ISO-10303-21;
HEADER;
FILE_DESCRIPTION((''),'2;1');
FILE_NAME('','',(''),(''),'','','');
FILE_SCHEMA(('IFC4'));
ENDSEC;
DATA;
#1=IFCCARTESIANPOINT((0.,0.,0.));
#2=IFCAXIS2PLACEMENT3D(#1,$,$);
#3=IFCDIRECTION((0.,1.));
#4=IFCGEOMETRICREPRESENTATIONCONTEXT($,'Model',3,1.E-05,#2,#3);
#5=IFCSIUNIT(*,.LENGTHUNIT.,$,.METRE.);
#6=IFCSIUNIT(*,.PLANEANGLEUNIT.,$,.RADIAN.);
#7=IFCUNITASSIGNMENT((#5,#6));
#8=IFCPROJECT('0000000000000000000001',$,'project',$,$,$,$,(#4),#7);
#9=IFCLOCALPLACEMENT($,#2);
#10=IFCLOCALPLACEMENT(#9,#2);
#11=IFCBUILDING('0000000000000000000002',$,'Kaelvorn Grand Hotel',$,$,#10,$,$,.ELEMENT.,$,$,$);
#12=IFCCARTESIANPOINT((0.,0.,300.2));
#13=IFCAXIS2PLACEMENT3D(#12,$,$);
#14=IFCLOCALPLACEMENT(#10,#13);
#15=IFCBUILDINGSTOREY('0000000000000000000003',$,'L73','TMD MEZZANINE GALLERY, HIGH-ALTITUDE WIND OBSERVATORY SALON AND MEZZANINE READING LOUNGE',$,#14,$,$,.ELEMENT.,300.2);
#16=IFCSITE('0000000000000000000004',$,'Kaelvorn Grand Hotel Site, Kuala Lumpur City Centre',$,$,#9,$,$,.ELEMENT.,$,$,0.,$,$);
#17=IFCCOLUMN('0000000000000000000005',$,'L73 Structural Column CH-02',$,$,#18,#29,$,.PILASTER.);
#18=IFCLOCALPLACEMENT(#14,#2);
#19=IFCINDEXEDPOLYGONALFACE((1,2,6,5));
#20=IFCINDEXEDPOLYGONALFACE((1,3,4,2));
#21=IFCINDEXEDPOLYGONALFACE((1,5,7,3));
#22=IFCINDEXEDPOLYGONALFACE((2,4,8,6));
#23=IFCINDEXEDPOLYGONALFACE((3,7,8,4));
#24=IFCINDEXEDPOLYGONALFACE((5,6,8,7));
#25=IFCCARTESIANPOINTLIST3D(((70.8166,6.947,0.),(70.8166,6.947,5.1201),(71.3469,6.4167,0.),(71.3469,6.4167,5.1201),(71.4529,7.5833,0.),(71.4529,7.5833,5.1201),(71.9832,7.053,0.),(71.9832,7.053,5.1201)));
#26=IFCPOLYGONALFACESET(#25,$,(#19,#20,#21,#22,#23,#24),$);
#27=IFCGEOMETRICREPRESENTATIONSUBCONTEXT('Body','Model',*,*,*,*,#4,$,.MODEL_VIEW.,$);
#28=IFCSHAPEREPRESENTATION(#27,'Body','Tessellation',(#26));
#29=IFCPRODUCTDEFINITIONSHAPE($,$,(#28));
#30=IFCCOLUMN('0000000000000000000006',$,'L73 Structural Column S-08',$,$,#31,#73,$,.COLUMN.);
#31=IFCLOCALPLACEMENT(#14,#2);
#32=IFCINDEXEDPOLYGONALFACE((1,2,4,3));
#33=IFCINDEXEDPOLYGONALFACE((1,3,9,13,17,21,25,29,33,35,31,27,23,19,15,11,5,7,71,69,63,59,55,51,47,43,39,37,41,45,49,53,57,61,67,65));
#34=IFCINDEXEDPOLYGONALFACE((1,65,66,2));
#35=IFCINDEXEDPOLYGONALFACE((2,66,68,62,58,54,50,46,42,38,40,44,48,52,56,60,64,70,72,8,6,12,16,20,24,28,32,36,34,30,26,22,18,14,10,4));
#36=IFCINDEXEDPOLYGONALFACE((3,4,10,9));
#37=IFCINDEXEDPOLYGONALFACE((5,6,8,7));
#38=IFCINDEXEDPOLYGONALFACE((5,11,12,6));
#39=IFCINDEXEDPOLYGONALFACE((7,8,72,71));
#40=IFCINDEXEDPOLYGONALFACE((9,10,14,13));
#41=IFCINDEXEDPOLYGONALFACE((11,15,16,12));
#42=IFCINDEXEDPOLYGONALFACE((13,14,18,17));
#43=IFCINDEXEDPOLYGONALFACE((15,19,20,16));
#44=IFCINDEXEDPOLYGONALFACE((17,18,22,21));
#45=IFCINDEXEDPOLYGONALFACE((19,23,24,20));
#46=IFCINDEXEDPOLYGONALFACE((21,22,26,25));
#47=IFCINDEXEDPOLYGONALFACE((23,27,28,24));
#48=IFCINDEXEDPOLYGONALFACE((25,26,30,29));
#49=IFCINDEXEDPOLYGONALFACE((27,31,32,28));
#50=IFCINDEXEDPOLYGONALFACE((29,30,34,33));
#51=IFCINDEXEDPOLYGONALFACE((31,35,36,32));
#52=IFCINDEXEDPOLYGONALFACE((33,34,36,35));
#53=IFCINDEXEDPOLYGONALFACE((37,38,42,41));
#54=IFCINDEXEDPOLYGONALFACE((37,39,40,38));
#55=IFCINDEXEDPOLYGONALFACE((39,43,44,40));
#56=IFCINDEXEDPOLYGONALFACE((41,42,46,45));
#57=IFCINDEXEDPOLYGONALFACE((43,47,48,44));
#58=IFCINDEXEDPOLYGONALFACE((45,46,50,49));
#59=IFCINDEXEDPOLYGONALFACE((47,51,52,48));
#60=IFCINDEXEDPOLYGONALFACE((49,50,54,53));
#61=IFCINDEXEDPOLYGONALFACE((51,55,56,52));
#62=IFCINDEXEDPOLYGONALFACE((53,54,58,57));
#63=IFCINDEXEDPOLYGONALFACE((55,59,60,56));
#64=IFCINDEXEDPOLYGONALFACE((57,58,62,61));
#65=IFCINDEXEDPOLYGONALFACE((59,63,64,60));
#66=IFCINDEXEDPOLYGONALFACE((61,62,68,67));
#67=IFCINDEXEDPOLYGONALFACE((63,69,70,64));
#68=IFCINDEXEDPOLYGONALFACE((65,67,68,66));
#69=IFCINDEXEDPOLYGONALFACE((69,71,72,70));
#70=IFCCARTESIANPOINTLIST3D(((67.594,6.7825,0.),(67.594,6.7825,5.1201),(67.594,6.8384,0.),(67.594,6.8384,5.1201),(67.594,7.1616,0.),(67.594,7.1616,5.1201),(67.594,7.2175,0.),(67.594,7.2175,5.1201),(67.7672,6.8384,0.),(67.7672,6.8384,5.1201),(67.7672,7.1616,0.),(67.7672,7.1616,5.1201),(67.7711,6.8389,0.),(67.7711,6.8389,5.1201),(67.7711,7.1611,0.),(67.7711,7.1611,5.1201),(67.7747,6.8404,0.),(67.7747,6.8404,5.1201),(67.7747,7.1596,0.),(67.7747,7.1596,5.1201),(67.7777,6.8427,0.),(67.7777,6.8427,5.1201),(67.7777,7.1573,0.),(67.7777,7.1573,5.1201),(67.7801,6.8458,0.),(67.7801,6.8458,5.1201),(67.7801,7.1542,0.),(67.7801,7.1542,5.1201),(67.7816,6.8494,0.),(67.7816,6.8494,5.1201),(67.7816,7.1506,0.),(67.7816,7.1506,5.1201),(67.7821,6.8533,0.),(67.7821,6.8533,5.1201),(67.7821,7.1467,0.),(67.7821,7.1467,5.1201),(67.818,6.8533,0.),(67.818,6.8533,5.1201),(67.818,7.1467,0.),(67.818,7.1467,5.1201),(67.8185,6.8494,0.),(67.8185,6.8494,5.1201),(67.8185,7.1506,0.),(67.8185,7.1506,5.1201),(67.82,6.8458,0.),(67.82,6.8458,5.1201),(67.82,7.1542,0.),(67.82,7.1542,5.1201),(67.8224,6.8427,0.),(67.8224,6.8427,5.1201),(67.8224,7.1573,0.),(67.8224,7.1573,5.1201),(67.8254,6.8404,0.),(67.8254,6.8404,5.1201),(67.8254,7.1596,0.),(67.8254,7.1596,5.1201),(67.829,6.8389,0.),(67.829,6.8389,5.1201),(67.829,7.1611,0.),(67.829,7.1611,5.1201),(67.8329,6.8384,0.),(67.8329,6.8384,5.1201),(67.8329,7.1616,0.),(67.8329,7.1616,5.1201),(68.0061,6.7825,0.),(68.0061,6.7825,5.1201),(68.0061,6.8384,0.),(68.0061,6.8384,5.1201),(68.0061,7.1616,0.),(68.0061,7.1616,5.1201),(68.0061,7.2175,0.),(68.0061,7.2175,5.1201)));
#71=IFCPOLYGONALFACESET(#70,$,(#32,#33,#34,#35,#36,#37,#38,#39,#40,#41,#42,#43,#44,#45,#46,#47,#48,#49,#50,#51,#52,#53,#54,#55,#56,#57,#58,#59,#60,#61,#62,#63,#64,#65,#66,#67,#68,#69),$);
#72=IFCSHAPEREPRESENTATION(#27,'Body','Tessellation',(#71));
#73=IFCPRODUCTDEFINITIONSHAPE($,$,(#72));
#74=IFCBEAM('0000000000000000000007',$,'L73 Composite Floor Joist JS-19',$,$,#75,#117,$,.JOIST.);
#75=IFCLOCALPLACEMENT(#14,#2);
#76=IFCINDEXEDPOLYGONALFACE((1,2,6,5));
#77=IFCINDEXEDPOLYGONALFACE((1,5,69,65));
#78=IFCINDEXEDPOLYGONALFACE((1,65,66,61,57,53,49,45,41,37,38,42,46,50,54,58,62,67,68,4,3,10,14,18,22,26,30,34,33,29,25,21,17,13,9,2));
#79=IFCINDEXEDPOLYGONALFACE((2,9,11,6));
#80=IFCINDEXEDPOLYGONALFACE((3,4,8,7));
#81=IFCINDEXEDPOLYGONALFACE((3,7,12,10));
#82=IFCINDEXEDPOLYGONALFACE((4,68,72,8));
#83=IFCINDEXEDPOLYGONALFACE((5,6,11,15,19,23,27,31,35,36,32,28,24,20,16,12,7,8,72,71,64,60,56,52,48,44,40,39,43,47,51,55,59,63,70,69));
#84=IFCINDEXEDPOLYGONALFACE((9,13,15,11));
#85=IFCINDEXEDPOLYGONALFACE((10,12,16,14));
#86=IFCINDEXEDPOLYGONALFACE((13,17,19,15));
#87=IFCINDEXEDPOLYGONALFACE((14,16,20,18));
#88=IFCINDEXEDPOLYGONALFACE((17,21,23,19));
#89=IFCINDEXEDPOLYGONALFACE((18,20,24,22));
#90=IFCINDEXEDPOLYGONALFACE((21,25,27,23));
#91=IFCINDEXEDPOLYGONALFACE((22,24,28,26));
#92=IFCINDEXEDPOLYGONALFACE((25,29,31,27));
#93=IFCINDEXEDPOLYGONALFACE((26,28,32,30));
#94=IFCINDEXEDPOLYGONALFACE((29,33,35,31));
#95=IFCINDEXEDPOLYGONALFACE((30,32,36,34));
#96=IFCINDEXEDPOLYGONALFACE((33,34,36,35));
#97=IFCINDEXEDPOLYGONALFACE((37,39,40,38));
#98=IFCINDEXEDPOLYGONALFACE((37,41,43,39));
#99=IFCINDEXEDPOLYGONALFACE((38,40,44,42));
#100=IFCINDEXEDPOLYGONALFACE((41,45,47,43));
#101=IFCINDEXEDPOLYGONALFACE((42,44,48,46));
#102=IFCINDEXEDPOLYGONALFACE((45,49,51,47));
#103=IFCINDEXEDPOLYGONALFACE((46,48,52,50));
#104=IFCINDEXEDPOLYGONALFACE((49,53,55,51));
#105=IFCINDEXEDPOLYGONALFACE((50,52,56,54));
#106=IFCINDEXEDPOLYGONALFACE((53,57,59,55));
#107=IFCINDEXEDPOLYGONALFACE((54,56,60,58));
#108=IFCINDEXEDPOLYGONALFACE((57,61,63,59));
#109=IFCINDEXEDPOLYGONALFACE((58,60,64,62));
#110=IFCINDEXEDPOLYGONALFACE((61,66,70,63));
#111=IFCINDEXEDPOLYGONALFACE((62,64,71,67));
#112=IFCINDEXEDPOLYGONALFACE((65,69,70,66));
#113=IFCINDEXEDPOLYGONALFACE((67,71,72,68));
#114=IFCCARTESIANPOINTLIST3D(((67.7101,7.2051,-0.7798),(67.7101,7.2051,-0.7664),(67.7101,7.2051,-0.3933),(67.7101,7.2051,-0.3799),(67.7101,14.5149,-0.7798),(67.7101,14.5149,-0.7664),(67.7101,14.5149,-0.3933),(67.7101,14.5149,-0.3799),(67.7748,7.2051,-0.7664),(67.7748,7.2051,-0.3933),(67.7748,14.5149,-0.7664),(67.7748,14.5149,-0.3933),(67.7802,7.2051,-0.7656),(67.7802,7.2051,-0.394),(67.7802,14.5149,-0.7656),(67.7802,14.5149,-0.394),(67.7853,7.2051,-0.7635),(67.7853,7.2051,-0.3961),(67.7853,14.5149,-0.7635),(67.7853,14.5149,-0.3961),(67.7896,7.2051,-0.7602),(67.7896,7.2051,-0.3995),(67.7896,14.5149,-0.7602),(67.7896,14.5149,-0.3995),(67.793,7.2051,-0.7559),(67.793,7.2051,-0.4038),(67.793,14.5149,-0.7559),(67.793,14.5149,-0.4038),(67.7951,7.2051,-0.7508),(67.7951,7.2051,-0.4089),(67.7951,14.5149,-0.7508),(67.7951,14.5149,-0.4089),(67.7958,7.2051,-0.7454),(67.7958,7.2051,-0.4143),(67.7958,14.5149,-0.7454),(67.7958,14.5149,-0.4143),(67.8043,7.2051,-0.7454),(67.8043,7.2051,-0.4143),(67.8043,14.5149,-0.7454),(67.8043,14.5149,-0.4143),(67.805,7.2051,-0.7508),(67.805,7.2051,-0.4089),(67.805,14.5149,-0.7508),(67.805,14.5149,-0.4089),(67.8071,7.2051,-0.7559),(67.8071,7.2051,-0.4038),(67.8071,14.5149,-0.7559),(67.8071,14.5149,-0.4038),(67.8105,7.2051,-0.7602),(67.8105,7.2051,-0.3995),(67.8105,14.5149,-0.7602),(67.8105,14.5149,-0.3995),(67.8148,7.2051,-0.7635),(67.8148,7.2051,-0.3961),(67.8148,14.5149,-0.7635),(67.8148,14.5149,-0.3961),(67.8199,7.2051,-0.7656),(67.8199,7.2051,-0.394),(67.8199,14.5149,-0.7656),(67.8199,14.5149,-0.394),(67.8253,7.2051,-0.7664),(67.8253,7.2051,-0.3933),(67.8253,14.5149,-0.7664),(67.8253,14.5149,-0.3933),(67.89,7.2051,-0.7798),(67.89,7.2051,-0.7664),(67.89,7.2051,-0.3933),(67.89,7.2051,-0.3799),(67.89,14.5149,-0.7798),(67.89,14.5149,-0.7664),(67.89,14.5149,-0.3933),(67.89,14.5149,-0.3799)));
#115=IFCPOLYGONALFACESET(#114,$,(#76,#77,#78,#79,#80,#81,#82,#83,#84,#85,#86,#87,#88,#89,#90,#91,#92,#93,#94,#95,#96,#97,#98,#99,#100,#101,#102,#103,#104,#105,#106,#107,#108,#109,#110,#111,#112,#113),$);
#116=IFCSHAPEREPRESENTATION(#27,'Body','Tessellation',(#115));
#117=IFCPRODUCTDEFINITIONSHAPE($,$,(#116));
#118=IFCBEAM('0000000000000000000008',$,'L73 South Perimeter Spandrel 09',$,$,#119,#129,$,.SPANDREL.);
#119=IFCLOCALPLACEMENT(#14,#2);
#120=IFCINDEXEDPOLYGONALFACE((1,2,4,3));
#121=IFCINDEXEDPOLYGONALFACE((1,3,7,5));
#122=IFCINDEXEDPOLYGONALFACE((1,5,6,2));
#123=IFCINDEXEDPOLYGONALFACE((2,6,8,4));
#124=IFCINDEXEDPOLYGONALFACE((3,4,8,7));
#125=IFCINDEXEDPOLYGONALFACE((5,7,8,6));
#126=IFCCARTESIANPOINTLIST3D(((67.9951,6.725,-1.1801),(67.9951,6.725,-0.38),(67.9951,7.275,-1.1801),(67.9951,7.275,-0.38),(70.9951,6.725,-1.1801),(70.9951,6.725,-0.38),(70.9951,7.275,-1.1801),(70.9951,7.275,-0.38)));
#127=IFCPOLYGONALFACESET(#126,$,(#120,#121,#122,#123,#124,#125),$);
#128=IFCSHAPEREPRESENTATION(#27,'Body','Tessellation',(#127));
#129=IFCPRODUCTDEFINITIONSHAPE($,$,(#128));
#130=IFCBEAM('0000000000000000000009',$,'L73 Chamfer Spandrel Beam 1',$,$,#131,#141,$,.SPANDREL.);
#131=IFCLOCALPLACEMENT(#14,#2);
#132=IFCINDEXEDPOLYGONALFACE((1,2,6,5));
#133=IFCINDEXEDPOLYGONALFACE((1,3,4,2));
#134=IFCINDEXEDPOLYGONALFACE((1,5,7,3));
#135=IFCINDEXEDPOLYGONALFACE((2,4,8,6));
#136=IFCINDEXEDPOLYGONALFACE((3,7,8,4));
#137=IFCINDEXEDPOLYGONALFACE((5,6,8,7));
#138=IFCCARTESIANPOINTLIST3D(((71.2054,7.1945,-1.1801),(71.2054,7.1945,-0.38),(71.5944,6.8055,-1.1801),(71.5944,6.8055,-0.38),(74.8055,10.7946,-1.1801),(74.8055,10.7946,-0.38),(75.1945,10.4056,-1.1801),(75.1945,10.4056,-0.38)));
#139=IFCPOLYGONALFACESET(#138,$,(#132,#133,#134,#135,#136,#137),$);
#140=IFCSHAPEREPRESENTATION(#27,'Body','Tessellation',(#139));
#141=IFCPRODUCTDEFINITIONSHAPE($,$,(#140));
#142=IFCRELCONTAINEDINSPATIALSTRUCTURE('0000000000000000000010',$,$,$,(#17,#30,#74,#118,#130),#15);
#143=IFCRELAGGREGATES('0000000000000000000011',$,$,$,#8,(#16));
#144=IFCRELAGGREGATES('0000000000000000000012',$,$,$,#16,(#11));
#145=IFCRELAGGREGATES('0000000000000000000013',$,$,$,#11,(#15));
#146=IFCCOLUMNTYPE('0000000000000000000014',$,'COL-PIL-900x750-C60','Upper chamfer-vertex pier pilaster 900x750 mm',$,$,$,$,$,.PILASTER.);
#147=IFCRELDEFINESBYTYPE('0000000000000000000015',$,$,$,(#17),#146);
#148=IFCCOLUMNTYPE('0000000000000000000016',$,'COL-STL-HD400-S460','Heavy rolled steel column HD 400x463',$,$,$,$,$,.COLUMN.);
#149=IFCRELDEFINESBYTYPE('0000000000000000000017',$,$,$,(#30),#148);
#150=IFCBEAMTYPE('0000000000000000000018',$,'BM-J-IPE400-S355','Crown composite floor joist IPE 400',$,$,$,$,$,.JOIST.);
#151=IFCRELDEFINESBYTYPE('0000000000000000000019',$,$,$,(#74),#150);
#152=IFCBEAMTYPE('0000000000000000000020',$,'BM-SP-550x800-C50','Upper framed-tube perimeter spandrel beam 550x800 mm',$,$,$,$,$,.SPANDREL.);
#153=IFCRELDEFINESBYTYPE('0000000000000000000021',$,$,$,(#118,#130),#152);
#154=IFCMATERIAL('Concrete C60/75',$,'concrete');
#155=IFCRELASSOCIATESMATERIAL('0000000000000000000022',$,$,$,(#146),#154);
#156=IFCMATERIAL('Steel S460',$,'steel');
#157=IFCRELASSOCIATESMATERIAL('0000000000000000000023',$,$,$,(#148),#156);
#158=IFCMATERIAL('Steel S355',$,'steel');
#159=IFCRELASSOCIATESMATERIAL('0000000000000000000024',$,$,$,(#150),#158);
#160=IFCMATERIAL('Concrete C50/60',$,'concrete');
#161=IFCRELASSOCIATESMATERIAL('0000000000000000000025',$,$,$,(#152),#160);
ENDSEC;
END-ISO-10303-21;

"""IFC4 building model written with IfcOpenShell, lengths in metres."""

from ifc_helpers import new_model, si_unit, direction, frame, origin, origin_2d, place, context, subcontext, project, spatial, rectangle, i_section, extrude, material, material_profile, profile_set, type_object, element, save


model = new_model("IFC4")

# Units and contexts
model_context = context("Model", 3, precision=1e-05, world=origin(), true_north=direction((0.0, 1.0)))
body_context = subcontext(model_context, "Body", "Model", "MODEL_VIEW")
ifc_project = project(units=[si_unit("LENGTHUNIT", "METRE"), si_unit("PLANEANGLEUNIT", "RADIAN")], contexts=[model_context])

# Site, building, storey
site_placement = place(None, origin())
site = spatial("IfcSite", under=ifc_project, at=site_placement, Name="Kaelvorn Grand Hotel Site, Kuala Lumpur City Centre", CompositionType="ELEMENT", RefElevation=0.0)
building_placement = place(site_placement, origin())
building = spatial("IfcBuilding", under=site, at=building_placement, Name="Kaelvorn Grand Hotel", CompositionType="ELEMENT")
storey_placement = place(building_placement, frame((0.0, 0.0, 300.2)))
storey = spatial("IfcBuildingStorey", under=building, at=storey_placement, Name="L73", Description="TMD MEZZANINE GALLERY, HIGH-ALTITUDE WIND OBSERVATORY SALON AND MEZZANINE READING LOUNGE", CompositionType="ELEMENT", Elevation=300.2)

# Columns
ifc_material_1 = material(Name="Concrete C60/75", Category="concrete")
ifc_material_profile_1 = material_profile(ifc_material_1, rectangle(XDim=0.8999, YDim=0.75, at=origin_2d()), Name="RC PILASTER 900x750")
ifc_profile_set_1 = profile_set([ifc_material_profile_1], Name="Concrete C60/75")
column_type_1 = type_object("IfcColumnType", Name="COL-PIL-900x750-C60", Description="Upper chamfer-vertex pier pilaster 900x750 mm", PredefinedType="PILASTER", material=ifc_profile_set_1)
column_1_placement = place(storey_placement, frame((71.3999, 7.0, 0.0), z_axis=(0.0, 0.0, 1.0), x_axis=(0.707107, 0.707107, 0.0)))
element("IfcColumn", 1, at=column_1_placement, inside=storey, type_object=column_type_1, Name="L73 Structural Column CH-02", PredefinedType="PILASTER", context=body_context, shape_type="SweptSolid", body=[
    extrude(rectangle(XDim=0.8999, YDim=0.75, at=origin_2d()), origin(), (0.0, 0.0, 1.0), 5.1201),
])
ifc_material_2 = material(Name="Steel S460", Category="steel")
ifc_material_profile_2 = material_profile(ifc_material_2, i_section(OverallWidth=0.4121, OverallDepth=0.4351, WebThickness=0.0359, FlangeThickness=0.0559, FilletRadius=0.0149, at=origin_2d()), Name="HD 400x463")
ifc_profile_set_2 = profile_set([ifc_material_profile_2], Name="Steel S460")
column_type_2 = type_object("IfcColumnType", Name="COL-STL-HD400-S460", Description="Heavy rolled steel column HD 400x463", PredefinedType="COLUMN", material=ifc_profile_set_2)
column_2_placement = place(storey_placement, frame((67.8, 7.0, 0.0), z_axis=(0.0, 0.0, 1.0), x_axis=(1.0, 0.0, 0.0)))
element("IfcColumn", 2, at=column_2_placement, inside=storey, type_object=column_type_2, Name="L73 Structural Column S-08", PredefinedType="COLUMN", context=body_context, shape_type="SweptSolid", body=[
    extrude(i_section(OverallWidth=0.4121, OverallDepth=0.4351, WebThickness=0.0359, FlangeThickness=0.0559, FilletRadius=0.0149, at=origin_2d()), origin(), (0.0, 0.0, 1.0), 5.1201),
])

# Beams
ifc_material_3 = material(Name="Steel S355", Category="steel")
ifc_material_profile_3 = material_profile(ifc_material_3, i_section(OverallWidth=0.1799, OverallDepth=0.3999, WebThickness=0.0085, FlangeThickness=0.0134, FilletRadius=0.021, at=origin_2d()), Name="IPE 400")
ifc_profile_set_3 = profile_set([ifc_material_profile_3], Name="Steel S355")
beam_type_1 = type_object("IfcBeamType", Name="BM-J-IPE400-S355", Description="Crown composite floor joist IPE 400", PredefinedType="JOIST", material=ifc_profile_set_3)
beam_1_placement = place(storey_placement, frame((67.8, 7.2051, -0.5798), z_axis=(0.0, 1.0, 0.0), x_axis=(-1.0, 0.0, 0.0)))
element("IfcBeam", 3, at=beam_1_placement, inside=storey, type_object=beam_type_1, Name="L73 Composite Floor Joist JS-19", PredefinedType="JOIST", context=body_context, shape_type="SweptSolid", body=[
    extrude(i_section(OverallWidth=0.1799, OverallDepth=0.3999, WebThickness=0.0085, FlangeThickness=0.0134, FilletRadius=0.021, at=origin_2d()), origin(), (0.0, 0.0, 1.0), 7.3098),
])
ifc_material_4 = material(Name="Concrete C50/60", Category="concrete")
ifc_material_profile_4 = material_profile(ifc_material_4, rectangle(XDim=0.55, YDim=0.8, at=origin_2d()), Name="RC SPANDREL 550x800")
ifc_profile_set_4 = profile_set([ifc_material_profile_4], Name="Concrete C50/60")
beam_type_2 = type_object("IfcBeamType", Name="BM-SP-550x800-C50", Description="Upper framed-tube perimeter spandrel beam 550x800 mm", PredefinedType="SPANDREL", material=ifc_profile_set_4)
beam_2_placement = place(storey_placement, frame((67.9951, 7.0, -0.78), z_axis=(1.0, 0.0, 0.0), x_axis=(0.0, 1.0, 0.0)))
element("IfcBeam", 4, at=beam_2_placement, inside=storey, type_object=beam_type_2, Name="L73 South Perimeter Spandrel 09", PredefinedType="SPANDREL", context=body_context, shape_type="SweptSolid", body=[
    extrude(rectangle(XDim=0.55, YDim=0.8, at=origin_2d()), origin(), (0.0, 0.0, 1.0), 3.0),
])
beam_3_placement = place(storey_placement, frame((71.3999, 7.0, -0.78), z_axis=(0.707107, 0.707107, 0.0), x_axis=(-0.707107, 0.707107, 0.0)))
element("IfcBeam", 5, at=beam_3_placement, inside=storey, type_object=beam_type_2, Name="L73 Chamfer Spandrel Beam 1", PredefinedType="SPANDREL", context=body_context, shape_type="SweptSolid", body=[
    extrude(rectangle(XDim=0.55, YDim=0.8, at=origin_2d()), origin(), (0.0, 0.0, 1.0), 5.0913),
])

save(model, "model.ifc")
